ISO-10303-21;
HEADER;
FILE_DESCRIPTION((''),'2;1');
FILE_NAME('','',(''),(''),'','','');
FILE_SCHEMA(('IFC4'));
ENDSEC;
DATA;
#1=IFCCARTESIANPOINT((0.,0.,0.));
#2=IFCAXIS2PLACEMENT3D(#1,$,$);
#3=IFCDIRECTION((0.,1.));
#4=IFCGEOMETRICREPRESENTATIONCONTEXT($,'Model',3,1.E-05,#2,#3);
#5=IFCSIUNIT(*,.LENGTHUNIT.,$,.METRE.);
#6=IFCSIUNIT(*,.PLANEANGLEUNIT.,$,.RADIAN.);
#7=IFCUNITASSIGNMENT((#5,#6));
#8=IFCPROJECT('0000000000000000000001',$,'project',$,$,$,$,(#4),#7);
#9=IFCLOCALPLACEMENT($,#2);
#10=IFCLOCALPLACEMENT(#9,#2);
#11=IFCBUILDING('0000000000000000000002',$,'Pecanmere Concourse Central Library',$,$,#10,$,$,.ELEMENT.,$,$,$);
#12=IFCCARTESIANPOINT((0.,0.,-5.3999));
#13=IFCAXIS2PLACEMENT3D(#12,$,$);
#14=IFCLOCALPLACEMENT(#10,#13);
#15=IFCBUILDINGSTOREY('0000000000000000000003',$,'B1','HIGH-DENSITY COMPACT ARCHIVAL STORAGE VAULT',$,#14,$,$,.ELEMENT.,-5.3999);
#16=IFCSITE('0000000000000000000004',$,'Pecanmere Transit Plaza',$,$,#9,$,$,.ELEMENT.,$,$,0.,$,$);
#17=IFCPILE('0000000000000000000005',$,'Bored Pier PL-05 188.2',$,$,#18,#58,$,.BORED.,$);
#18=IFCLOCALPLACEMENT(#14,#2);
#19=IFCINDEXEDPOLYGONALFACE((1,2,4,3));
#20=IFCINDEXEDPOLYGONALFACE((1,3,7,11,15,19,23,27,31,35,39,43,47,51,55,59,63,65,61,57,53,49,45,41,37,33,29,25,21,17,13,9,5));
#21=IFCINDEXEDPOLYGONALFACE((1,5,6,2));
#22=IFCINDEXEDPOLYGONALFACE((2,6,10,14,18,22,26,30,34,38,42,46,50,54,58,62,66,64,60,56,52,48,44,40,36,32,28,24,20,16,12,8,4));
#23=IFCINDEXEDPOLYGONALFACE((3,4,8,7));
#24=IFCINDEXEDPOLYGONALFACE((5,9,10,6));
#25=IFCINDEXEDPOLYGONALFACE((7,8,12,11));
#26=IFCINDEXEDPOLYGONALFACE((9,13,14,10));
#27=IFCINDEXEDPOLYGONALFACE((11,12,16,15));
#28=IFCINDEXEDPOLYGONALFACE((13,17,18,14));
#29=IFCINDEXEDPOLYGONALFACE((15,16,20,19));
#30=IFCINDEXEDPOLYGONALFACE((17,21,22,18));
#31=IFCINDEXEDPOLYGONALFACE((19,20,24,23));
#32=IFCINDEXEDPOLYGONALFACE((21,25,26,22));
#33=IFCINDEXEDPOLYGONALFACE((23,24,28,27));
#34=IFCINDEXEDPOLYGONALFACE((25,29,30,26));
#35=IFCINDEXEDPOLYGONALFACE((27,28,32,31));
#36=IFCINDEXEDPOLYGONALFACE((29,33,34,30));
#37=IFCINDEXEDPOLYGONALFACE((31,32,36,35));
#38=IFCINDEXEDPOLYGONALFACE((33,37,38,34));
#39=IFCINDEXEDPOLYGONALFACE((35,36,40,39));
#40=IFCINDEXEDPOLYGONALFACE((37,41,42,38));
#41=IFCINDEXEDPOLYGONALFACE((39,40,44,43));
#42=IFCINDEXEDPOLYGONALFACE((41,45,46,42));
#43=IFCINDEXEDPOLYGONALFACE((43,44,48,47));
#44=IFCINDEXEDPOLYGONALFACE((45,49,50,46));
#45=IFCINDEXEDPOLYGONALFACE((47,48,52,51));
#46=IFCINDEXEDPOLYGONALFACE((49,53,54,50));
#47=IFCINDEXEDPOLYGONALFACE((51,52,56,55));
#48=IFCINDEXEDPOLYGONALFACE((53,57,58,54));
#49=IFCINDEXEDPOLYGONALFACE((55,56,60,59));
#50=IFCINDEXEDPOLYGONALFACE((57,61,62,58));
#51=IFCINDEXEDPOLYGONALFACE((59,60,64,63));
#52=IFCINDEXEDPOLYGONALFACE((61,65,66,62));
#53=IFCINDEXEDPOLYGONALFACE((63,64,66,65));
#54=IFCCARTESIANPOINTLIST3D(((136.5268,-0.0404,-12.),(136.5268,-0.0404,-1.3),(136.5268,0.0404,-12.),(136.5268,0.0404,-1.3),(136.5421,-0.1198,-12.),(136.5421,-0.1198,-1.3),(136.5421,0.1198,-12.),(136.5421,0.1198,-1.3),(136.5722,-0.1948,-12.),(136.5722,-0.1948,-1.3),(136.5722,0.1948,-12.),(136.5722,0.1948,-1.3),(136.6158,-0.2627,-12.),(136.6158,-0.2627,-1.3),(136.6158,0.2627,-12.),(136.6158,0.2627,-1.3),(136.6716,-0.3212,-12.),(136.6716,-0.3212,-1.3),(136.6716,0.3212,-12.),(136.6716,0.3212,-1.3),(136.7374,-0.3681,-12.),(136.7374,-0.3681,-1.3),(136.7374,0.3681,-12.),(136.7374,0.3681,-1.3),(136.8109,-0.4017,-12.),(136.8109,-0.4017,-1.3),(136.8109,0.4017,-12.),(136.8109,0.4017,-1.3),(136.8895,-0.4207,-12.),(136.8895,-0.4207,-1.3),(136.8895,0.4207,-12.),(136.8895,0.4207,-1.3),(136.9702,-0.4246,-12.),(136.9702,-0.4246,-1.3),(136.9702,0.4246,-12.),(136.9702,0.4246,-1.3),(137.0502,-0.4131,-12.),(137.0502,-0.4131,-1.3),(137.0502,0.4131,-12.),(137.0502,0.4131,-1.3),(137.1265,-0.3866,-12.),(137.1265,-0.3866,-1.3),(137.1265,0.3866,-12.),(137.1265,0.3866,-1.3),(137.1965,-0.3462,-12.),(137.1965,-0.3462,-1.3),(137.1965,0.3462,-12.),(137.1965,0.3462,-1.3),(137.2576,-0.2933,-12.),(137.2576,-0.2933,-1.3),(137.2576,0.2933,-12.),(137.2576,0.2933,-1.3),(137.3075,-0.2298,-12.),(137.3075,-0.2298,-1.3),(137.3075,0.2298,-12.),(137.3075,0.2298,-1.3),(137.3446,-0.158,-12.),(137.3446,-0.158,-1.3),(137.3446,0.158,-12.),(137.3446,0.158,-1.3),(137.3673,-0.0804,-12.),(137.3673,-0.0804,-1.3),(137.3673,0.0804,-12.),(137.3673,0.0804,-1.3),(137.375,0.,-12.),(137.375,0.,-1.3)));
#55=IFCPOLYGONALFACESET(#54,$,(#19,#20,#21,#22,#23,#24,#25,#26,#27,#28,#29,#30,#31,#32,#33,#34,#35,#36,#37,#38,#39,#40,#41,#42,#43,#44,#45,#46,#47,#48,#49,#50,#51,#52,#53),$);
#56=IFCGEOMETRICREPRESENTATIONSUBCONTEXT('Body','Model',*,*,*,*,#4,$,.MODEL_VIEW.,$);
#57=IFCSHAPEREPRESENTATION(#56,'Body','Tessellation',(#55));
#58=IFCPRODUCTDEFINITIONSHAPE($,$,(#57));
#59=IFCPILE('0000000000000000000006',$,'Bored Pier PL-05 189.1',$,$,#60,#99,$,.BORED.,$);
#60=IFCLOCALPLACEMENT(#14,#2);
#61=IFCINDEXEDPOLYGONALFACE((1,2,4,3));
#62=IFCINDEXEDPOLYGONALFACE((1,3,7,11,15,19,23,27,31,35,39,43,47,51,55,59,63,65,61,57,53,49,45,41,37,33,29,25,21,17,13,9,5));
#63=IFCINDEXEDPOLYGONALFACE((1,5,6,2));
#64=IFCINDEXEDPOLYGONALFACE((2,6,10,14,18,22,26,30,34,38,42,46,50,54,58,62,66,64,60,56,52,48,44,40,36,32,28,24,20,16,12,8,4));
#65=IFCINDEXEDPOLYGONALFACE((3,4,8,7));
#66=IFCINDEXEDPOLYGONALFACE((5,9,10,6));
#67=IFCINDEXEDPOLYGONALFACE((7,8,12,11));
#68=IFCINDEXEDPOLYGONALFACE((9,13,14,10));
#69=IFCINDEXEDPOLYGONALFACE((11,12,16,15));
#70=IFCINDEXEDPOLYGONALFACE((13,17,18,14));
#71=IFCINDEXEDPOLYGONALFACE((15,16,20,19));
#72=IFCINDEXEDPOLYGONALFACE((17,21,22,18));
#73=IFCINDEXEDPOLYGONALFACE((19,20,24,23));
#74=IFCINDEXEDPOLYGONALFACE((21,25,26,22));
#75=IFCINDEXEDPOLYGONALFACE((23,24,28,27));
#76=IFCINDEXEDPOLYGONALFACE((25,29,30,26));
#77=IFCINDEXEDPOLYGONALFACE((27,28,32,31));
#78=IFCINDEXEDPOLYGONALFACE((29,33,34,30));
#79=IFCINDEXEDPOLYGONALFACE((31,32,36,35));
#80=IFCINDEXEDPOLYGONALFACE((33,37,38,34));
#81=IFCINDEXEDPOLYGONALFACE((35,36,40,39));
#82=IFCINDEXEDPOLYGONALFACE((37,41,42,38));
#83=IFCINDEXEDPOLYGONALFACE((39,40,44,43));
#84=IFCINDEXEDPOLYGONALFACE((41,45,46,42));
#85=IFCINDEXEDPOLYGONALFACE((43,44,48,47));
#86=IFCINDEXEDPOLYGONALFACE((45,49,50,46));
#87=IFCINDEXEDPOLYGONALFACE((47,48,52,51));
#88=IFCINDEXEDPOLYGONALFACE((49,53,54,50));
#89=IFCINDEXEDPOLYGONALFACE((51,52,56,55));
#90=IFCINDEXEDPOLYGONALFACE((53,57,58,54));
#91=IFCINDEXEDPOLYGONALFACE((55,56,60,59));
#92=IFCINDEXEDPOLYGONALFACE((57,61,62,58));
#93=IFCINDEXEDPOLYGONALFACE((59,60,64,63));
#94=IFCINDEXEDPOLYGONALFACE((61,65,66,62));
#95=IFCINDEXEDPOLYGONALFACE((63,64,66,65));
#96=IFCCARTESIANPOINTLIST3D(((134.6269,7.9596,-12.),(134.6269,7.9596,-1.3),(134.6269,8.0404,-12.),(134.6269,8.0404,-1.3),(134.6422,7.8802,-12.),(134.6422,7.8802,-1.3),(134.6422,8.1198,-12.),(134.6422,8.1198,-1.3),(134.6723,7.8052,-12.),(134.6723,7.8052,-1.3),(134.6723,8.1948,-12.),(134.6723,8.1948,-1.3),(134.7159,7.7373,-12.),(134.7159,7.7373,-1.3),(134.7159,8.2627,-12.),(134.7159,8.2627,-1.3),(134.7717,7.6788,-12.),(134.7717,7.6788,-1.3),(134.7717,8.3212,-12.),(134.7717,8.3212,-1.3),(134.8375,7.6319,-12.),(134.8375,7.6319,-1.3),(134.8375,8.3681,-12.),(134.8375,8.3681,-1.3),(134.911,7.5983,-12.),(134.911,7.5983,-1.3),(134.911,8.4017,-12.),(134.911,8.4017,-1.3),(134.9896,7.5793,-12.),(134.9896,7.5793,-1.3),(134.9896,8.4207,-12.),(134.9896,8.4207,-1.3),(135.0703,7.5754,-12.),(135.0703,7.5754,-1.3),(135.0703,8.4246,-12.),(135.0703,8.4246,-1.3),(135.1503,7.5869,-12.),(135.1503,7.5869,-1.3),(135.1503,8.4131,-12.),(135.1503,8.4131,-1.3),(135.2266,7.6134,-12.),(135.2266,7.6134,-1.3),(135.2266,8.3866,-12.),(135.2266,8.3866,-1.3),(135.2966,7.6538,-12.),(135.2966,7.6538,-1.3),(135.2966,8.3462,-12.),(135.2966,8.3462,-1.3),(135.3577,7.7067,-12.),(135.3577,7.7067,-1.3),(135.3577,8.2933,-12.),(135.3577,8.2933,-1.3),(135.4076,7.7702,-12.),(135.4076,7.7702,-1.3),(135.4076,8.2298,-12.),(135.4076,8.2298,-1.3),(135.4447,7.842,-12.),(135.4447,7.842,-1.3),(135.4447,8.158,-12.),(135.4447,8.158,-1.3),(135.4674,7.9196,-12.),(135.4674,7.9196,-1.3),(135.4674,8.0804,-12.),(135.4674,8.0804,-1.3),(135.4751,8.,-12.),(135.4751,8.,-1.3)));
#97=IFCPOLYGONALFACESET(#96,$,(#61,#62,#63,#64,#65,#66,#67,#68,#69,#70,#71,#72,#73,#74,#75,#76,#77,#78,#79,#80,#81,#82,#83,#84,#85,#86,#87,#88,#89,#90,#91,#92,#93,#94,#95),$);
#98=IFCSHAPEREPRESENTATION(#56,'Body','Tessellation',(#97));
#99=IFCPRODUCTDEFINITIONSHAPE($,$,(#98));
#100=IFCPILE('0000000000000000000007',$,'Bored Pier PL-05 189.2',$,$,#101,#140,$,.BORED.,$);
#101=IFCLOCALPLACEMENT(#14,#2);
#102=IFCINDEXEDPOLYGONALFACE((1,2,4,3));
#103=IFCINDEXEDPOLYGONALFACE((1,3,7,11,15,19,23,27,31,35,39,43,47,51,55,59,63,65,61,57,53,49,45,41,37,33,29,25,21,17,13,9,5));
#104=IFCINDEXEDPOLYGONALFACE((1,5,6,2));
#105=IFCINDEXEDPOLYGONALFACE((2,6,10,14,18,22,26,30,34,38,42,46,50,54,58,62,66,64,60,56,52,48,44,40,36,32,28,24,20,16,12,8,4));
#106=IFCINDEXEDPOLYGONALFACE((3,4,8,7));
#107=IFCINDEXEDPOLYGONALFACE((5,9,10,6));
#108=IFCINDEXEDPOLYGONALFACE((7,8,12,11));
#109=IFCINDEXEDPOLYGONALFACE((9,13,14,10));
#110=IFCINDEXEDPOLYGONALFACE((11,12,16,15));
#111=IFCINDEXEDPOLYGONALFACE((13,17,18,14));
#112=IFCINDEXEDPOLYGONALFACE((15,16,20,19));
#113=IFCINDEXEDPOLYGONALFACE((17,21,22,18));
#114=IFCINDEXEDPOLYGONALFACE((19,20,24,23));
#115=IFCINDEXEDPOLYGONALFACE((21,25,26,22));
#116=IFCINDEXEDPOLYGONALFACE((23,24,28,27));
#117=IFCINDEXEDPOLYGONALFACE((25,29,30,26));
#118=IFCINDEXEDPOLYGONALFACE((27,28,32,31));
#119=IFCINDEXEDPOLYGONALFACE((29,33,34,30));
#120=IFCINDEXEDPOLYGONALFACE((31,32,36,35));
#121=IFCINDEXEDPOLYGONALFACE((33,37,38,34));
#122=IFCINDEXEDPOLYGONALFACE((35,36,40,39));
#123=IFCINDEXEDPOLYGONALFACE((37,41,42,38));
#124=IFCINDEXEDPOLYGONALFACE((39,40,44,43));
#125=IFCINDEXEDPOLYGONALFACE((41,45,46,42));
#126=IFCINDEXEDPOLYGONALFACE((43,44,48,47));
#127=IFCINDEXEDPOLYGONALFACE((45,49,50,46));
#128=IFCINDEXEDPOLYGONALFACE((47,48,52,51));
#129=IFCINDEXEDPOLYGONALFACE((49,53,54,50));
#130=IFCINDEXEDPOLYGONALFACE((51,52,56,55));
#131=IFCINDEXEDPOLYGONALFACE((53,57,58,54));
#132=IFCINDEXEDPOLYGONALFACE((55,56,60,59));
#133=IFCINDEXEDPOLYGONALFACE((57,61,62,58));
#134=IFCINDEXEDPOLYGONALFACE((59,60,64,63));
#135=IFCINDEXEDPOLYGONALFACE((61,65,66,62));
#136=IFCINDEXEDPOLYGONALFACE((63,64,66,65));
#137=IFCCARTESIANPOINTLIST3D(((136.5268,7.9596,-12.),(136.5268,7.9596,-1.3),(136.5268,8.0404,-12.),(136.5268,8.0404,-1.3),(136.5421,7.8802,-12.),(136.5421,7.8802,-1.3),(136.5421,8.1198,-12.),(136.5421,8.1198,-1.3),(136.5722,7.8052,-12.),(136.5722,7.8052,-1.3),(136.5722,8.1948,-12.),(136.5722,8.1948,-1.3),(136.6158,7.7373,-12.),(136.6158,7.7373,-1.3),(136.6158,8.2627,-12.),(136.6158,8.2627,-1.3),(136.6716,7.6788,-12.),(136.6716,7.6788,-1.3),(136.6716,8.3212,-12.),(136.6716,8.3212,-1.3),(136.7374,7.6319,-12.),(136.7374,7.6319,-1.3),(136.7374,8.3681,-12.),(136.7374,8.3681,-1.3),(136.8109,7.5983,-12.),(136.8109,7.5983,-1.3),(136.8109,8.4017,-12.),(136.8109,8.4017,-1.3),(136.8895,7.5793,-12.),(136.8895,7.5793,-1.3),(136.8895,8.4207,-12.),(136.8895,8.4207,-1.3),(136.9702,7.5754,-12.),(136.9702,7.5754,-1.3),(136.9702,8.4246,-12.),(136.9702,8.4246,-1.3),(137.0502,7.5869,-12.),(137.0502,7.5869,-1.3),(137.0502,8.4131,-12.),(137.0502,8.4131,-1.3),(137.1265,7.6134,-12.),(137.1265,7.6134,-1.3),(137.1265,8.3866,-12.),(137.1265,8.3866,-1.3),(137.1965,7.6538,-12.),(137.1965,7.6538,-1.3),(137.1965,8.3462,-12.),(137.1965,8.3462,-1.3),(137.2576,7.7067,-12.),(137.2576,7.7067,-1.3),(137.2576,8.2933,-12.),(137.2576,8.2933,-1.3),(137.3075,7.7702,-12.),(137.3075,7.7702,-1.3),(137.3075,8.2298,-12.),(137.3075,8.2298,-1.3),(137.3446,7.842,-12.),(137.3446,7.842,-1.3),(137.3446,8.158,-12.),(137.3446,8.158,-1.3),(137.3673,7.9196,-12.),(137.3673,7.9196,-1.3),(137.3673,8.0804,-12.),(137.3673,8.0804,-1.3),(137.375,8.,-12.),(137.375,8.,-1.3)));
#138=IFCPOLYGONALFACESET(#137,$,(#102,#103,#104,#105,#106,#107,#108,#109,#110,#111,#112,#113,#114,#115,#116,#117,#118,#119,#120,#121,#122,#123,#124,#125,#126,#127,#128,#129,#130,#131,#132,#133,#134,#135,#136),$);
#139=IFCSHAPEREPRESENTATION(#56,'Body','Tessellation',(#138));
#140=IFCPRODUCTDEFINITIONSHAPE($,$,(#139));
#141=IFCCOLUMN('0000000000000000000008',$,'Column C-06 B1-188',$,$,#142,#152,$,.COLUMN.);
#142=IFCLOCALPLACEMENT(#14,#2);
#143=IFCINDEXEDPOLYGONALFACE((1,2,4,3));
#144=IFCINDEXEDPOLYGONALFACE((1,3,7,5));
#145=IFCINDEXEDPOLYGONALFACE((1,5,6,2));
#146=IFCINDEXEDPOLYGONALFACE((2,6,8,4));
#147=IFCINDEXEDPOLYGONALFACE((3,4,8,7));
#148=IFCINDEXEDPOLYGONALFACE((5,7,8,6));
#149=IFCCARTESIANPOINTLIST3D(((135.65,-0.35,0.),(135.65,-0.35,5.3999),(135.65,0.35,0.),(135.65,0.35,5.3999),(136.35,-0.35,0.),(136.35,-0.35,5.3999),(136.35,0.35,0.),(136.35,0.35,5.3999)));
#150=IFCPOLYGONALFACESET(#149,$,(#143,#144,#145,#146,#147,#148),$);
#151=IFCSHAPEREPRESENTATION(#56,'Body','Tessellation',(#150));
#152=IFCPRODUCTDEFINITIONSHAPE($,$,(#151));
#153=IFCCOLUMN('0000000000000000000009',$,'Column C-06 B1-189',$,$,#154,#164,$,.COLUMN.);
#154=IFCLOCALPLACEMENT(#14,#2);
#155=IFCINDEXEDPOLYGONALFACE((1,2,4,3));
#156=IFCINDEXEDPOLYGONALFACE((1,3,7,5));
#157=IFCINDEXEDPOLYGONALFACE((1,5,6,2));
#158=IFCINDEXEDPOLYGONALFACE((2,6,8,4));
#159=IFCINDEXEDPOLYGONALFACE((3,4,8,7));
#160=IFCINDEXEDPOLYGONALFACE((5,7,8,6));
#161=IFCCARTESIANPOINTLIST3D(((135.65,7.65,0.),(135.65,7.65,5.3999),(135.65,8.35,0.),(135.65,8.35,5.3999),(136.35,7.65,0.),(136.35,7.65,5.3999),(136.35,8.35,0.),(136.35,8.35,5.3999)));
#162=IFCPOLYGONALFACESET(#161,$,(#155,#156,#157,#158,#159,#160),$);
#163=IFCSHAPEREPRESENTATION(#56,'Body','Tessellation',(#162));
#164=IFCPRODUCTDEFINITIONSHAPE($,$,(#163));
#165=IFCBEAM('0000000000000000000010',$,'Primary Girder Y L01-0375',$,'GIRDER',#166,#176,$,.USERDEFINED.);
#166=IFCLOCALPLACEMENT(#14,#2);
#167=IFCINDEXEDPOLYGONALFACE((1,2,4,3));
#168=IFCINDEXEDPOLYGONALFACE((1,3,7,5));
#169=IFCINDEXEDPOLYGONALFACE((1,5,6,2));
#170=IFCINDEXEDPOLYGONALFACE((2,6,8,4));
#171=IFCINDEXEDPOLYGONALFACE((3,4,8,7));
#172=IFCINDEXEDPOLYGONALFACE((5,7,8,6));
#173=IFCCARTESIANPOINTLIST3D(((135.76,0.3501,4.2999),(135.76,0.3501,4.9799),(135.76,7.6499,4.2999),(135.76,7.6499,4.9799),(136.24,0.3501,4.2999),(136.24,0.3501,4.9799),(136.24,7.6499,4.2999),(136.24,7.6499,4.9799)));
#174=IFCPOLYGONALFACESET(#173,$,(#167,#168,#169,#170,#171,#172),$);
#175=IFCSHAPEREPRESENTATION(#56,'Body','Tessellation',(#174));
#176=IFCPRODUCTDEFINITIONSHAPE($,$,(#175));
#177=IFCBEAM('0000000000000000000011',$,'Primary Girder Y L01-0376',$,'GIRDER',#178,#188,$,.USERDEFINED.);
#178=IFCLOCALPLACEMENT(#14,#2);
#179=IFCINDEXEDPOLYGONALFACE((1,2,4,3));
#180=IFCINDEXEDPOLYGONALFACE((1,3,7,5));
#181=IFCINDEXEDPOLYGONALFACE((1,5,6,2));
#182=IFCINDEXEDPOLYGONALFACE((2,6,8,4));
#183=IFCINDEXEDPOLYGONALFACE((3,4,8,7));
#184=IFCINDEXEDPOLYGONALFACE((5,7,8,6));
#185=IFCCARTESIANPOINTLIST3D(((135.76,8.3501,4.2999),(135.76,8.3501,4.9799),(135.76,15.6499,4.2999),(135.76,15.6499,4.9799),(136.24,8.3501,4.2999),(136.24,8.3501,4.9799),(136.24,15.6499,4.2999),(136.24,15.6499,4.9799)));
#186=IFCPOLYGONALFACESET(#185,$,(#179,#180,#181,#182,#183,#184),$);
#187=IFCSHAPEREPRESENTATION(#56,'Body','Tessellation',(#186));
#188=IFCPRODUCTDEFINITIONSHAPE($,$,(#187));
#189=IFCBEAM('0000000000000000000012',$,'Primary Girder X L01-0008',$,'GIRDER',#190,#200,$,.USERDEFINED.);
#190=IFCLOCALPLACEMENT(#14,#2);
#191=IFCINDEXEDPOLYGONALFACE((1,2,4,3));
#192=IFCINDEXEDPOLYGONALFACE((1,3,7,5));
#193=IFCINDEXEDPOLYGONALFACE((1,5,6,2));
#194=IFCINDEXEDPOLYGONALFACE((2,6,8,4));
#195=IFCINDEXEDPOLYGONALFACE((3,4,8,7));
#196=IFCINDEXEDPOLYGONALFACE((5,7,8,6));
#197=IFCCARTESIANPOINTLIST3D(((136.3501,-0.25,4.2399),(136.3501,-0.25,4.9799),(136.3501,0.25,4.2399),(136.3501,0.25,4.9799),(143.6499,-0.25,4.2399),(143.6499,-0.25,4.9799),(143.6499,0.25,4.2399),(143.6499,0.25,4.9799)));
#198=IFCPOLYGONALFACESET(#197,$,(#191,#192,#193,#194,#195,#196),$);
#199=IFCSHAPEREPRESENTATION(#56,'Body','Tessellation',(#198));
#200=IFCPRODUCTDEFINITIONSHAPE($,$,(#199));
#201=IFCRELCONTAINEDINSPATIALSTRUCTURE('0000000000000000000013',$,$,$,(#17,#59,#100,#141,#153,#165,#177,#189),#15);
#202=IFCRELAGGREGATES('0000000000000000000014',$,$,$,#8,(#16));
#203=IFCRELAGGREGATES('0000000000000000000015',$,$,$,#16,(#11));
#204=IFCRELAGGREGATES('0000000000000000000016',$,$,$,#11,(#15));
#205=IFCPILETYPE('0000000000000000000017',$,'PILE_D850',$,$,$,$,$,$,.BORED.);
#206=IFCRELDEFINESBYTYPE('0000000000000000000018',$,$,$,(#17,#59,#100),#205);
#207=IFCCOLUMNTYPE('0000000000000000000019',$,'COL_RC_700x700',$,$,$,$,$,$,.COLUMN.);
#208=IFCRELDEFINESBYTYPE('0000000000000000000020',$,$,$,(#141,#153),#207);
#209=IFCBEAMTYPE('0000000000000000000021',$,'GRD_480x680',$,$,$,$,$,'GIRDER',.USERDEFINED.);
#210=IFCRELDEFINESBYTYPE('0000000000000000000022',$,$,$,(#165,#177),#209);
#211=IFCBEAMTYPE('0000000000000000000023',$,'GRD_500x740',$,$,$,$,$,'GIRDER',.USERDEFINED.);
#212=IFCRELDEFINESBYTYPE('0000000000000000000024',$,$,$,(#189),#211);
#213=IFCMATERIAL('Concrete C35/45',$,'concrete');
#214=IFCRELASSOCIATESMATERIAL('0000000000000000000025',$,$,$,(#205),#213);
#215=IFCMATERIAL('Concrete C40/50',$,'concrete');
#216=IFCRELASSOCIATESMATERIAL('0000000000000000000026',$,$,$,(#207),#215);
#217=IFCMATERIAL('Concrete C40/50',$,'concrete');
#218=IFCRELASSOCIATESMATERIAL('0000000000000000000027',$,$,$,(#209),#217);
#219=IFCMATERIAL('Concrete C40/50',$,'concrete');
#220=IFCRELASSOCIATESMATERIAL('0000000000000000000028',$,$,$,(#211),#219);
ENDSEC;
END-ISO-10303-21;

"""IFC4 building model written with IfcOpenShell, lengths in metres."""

from ifc_helpers import new_model, si_unit, direction, frame, origin, origin_2d, place, context, subcontext, project, spatial, rectangle, circle, extrude, material, material_profile, profile_set, type_object, element, save


model = new_model("IFC4")

# Units and contexts
model_context = context("Model", 3, precision=1e-05, world=origin(), true_north=direction((0.0, 1.0)))
body_context = subcontext(model_context, "Body", "Model", "MODEL_VIEW")
ifc_project = project(units=[si_unit("LENGTHUNIT", "METRE"), si_unit("PLANEANGLEUNIT", "RADIAN")], contexts=[model_context])

# Site, building, storey
site_placement = place(None, origin())
site = spatial("IfcSite", under=ifc_project, at=site_placement, Name="Pecanmere Transit Plaza", CompositionType="ELEMENT", RefElevation=0.0)
building_placement = place(site_placement, origin())
building = spatial("IfcBuilding", under=site, at=building_placement, Name="Pecanmere Concourse Central Library", CompositionType="ELEMENT")
storey_placement = place(building_placement, frame((0.0, 0.0, -5.3999)))
storey = spatial("IfcBuildingStorey", under=building, at=storey_placement, Name="B1", Description="HIGH-DENSITY COMPACT ARCHIVAL STORAGE VAULT", CompositionType="ELEMENT", Elevation=-5.3999)

# Piles
ifc_material_1 = material(Name="Concrete C35/45", Category="concrete")
ifc_material_profile_1 = material_profile(ifc_material_1, circle(Radius=0.425, at=origin_2d()), Name="PIER D850")
ifc_profile_set_1 = profile_set([ifc_material_profile_1], Name="Concrete C35/45")
pile_type = type_object("IfcPileType", Name="PILE_D850", PredefinedType="BORED", material=ifc_profile_set_1)
for number, where, z_axis, x_axis, name in (
    (1, (136.95, 0.0, -1.3), (0.0, 0.0, -1.0), (1.0, 0.0, 0.0), "Bored Pier PL-05 188.2"),
    (2, (135.05, 8.0, -1.3), (0.0, 0.0, -1.0), (1.0, 0.0, 0.0), "Bored Pier PL-05 189.1"),
    (3, (136.95, 8.0, -1.3), (0.0, 0.0, -1.0), (1.0, 0.0, 0.0), "Bored Pier PL-05 189.2"),
):
    element("IfcPile", number, at=place(storey_placement, frame(where, z_axis=z_axis, x_axis=x_axis)), inside=storey, type_object=pile_type, Name=name, PredefinedType="BORED", context=body_context, shape_type="SweptSolid", body=[
        extrude(circle(Radius=0.425, at=origin_2d()), origin(), (0.0, 0.0, 1.0), 10.7),
    ])

# Columns
ifc_material_2 = material(Name="Concrete C40/50", Category="concrete")
ifc_material_profile_2 = material_profile(ifc_material_2, rectangle(XDim=0.7, YDim=0.7, at=origin_2d()), Name="RC 700x700")
ifc_profile_set_2 = profile_set([ifc_material_profile_2], Name="Concrete C40/50")
column_type = type_object("IfcColumnType", Name="COL_RC_700x700", PredefinedType="COLUMN", material=ifc_profile_set_2)
for number, where, z_axis, x_axis, name in (
    (4, (136.0, 0.0, 0.0), (0.0, 0.0, 1.0), (1.0, 0.0, 0.0), "Column C-06 B1-188"),
    (5, (136.0, 8.0, 0.0), (0.0, 0.0, 1.0), (1.0, 0.0, 0.0), "Column C-06 B1-189"),
):
    element("IfcColumn", number, at=place(storey_placement, frame(where, z_axis=z_axis, x_axis=x_axis)), inside=storey, type_object=column_type, Name=name, PredefinedType="COLUMN", context=body_context, shape_type="SweptSolid", body=[
        extrude(rectangle(XDim=0.7, YDim=0.7, at=origin_2d()), origin(), (0.0, 0.0, 1.0), 5.3999),
    ])

# Beams
ifc_material_3 = material(Name="Concrete C40/50", Category="concrete")
ifc_material_profile_3 = material_profile(ifc_material_3, rectangle(XDim=0.48, YDim=0.6799, at=origin_2d()), Name="RC 480x680")
ifc_profile_set_3 = profile_set([ifc_material_profile_3], Name="Concrete C40/50")
beam_type_1 = type_object("IfcBeamType", Name="GRD_480x680", ElementType="GIRDER", PredefinedType="USERDEFINED", material=ifc_profile_set_3)
for number, where, z_axis, x_axis, name in (
    (6, (136.0, 0.3501, 4.6399), (0.0, 1.0, 0.0), (-1.0, 0.0, 0.0), "Primary Girder Y L01-0375"),
    (7, (136.0, 8.3501, 4.6399), (0.0, 1.0, 0.0), (-1.0, 0.0, 0.0), "Primary Girder Y L01-0376"),
):
    element("IfcBeam", number, at=place(storey_placement, frame(where, z_axis=z_axis, x_axis=x_axis)), inside=storey, type_object=beam_type_1, Name=name, ObjectType="GIRDER", PredefinedType="USERDEFINED", context=body_context, shape_type="SweptSolid", body=[
        extrude(rectangle(XDim=0.48, YDim=0.6799, at=origin_2d()), origin(), (0.0, 0.0, 1.0), 7.2998),
    ])
ifc_material_4 = material(Name="Concrete C40/50", Category="concrete")
ifc_material_profile_4 = material_profile(ifc_material_4, rectangle(XDim=0.5, YDim=0.74, at=origin_2d()), Name="RC 500x740")
ifc_profile_set_4 = profile_set([ifc_material_profile_4], Name="Concrete C40/50")
beam_type_2 = type_object("IfcBeamType", Name="GRD_500x740", ElementType="GIRDER", PredefinedType="USERDEFINED", material=ifc_profile_set_4)
for number, where, z_axis, x_axis, name in (
    (8, (136.3501, 0.0, 4.6099), (1.0, 0.0, 0.0), (0.0, 1.0, 0.0), "Primary Girder X L01-0008"),
):
    element("IfcBeam", number, at=place(storey_placement, frame(where, z_axis=z_axis, x_axis=x_axis)), inside=storey, type_object=beam_type_2, Name=name, ObjectType="GIRDER", PredefinedType="USERDEFINED", context=body_context, shape_type="SweptSolid", body=[
        extrude(rectangle(XDim=0.5, YDim=0.74, at=origin_2d()), origin(), (0.0, 0.0, 1.0), 7.2998),
    ])

save(model, "model.ifc")
